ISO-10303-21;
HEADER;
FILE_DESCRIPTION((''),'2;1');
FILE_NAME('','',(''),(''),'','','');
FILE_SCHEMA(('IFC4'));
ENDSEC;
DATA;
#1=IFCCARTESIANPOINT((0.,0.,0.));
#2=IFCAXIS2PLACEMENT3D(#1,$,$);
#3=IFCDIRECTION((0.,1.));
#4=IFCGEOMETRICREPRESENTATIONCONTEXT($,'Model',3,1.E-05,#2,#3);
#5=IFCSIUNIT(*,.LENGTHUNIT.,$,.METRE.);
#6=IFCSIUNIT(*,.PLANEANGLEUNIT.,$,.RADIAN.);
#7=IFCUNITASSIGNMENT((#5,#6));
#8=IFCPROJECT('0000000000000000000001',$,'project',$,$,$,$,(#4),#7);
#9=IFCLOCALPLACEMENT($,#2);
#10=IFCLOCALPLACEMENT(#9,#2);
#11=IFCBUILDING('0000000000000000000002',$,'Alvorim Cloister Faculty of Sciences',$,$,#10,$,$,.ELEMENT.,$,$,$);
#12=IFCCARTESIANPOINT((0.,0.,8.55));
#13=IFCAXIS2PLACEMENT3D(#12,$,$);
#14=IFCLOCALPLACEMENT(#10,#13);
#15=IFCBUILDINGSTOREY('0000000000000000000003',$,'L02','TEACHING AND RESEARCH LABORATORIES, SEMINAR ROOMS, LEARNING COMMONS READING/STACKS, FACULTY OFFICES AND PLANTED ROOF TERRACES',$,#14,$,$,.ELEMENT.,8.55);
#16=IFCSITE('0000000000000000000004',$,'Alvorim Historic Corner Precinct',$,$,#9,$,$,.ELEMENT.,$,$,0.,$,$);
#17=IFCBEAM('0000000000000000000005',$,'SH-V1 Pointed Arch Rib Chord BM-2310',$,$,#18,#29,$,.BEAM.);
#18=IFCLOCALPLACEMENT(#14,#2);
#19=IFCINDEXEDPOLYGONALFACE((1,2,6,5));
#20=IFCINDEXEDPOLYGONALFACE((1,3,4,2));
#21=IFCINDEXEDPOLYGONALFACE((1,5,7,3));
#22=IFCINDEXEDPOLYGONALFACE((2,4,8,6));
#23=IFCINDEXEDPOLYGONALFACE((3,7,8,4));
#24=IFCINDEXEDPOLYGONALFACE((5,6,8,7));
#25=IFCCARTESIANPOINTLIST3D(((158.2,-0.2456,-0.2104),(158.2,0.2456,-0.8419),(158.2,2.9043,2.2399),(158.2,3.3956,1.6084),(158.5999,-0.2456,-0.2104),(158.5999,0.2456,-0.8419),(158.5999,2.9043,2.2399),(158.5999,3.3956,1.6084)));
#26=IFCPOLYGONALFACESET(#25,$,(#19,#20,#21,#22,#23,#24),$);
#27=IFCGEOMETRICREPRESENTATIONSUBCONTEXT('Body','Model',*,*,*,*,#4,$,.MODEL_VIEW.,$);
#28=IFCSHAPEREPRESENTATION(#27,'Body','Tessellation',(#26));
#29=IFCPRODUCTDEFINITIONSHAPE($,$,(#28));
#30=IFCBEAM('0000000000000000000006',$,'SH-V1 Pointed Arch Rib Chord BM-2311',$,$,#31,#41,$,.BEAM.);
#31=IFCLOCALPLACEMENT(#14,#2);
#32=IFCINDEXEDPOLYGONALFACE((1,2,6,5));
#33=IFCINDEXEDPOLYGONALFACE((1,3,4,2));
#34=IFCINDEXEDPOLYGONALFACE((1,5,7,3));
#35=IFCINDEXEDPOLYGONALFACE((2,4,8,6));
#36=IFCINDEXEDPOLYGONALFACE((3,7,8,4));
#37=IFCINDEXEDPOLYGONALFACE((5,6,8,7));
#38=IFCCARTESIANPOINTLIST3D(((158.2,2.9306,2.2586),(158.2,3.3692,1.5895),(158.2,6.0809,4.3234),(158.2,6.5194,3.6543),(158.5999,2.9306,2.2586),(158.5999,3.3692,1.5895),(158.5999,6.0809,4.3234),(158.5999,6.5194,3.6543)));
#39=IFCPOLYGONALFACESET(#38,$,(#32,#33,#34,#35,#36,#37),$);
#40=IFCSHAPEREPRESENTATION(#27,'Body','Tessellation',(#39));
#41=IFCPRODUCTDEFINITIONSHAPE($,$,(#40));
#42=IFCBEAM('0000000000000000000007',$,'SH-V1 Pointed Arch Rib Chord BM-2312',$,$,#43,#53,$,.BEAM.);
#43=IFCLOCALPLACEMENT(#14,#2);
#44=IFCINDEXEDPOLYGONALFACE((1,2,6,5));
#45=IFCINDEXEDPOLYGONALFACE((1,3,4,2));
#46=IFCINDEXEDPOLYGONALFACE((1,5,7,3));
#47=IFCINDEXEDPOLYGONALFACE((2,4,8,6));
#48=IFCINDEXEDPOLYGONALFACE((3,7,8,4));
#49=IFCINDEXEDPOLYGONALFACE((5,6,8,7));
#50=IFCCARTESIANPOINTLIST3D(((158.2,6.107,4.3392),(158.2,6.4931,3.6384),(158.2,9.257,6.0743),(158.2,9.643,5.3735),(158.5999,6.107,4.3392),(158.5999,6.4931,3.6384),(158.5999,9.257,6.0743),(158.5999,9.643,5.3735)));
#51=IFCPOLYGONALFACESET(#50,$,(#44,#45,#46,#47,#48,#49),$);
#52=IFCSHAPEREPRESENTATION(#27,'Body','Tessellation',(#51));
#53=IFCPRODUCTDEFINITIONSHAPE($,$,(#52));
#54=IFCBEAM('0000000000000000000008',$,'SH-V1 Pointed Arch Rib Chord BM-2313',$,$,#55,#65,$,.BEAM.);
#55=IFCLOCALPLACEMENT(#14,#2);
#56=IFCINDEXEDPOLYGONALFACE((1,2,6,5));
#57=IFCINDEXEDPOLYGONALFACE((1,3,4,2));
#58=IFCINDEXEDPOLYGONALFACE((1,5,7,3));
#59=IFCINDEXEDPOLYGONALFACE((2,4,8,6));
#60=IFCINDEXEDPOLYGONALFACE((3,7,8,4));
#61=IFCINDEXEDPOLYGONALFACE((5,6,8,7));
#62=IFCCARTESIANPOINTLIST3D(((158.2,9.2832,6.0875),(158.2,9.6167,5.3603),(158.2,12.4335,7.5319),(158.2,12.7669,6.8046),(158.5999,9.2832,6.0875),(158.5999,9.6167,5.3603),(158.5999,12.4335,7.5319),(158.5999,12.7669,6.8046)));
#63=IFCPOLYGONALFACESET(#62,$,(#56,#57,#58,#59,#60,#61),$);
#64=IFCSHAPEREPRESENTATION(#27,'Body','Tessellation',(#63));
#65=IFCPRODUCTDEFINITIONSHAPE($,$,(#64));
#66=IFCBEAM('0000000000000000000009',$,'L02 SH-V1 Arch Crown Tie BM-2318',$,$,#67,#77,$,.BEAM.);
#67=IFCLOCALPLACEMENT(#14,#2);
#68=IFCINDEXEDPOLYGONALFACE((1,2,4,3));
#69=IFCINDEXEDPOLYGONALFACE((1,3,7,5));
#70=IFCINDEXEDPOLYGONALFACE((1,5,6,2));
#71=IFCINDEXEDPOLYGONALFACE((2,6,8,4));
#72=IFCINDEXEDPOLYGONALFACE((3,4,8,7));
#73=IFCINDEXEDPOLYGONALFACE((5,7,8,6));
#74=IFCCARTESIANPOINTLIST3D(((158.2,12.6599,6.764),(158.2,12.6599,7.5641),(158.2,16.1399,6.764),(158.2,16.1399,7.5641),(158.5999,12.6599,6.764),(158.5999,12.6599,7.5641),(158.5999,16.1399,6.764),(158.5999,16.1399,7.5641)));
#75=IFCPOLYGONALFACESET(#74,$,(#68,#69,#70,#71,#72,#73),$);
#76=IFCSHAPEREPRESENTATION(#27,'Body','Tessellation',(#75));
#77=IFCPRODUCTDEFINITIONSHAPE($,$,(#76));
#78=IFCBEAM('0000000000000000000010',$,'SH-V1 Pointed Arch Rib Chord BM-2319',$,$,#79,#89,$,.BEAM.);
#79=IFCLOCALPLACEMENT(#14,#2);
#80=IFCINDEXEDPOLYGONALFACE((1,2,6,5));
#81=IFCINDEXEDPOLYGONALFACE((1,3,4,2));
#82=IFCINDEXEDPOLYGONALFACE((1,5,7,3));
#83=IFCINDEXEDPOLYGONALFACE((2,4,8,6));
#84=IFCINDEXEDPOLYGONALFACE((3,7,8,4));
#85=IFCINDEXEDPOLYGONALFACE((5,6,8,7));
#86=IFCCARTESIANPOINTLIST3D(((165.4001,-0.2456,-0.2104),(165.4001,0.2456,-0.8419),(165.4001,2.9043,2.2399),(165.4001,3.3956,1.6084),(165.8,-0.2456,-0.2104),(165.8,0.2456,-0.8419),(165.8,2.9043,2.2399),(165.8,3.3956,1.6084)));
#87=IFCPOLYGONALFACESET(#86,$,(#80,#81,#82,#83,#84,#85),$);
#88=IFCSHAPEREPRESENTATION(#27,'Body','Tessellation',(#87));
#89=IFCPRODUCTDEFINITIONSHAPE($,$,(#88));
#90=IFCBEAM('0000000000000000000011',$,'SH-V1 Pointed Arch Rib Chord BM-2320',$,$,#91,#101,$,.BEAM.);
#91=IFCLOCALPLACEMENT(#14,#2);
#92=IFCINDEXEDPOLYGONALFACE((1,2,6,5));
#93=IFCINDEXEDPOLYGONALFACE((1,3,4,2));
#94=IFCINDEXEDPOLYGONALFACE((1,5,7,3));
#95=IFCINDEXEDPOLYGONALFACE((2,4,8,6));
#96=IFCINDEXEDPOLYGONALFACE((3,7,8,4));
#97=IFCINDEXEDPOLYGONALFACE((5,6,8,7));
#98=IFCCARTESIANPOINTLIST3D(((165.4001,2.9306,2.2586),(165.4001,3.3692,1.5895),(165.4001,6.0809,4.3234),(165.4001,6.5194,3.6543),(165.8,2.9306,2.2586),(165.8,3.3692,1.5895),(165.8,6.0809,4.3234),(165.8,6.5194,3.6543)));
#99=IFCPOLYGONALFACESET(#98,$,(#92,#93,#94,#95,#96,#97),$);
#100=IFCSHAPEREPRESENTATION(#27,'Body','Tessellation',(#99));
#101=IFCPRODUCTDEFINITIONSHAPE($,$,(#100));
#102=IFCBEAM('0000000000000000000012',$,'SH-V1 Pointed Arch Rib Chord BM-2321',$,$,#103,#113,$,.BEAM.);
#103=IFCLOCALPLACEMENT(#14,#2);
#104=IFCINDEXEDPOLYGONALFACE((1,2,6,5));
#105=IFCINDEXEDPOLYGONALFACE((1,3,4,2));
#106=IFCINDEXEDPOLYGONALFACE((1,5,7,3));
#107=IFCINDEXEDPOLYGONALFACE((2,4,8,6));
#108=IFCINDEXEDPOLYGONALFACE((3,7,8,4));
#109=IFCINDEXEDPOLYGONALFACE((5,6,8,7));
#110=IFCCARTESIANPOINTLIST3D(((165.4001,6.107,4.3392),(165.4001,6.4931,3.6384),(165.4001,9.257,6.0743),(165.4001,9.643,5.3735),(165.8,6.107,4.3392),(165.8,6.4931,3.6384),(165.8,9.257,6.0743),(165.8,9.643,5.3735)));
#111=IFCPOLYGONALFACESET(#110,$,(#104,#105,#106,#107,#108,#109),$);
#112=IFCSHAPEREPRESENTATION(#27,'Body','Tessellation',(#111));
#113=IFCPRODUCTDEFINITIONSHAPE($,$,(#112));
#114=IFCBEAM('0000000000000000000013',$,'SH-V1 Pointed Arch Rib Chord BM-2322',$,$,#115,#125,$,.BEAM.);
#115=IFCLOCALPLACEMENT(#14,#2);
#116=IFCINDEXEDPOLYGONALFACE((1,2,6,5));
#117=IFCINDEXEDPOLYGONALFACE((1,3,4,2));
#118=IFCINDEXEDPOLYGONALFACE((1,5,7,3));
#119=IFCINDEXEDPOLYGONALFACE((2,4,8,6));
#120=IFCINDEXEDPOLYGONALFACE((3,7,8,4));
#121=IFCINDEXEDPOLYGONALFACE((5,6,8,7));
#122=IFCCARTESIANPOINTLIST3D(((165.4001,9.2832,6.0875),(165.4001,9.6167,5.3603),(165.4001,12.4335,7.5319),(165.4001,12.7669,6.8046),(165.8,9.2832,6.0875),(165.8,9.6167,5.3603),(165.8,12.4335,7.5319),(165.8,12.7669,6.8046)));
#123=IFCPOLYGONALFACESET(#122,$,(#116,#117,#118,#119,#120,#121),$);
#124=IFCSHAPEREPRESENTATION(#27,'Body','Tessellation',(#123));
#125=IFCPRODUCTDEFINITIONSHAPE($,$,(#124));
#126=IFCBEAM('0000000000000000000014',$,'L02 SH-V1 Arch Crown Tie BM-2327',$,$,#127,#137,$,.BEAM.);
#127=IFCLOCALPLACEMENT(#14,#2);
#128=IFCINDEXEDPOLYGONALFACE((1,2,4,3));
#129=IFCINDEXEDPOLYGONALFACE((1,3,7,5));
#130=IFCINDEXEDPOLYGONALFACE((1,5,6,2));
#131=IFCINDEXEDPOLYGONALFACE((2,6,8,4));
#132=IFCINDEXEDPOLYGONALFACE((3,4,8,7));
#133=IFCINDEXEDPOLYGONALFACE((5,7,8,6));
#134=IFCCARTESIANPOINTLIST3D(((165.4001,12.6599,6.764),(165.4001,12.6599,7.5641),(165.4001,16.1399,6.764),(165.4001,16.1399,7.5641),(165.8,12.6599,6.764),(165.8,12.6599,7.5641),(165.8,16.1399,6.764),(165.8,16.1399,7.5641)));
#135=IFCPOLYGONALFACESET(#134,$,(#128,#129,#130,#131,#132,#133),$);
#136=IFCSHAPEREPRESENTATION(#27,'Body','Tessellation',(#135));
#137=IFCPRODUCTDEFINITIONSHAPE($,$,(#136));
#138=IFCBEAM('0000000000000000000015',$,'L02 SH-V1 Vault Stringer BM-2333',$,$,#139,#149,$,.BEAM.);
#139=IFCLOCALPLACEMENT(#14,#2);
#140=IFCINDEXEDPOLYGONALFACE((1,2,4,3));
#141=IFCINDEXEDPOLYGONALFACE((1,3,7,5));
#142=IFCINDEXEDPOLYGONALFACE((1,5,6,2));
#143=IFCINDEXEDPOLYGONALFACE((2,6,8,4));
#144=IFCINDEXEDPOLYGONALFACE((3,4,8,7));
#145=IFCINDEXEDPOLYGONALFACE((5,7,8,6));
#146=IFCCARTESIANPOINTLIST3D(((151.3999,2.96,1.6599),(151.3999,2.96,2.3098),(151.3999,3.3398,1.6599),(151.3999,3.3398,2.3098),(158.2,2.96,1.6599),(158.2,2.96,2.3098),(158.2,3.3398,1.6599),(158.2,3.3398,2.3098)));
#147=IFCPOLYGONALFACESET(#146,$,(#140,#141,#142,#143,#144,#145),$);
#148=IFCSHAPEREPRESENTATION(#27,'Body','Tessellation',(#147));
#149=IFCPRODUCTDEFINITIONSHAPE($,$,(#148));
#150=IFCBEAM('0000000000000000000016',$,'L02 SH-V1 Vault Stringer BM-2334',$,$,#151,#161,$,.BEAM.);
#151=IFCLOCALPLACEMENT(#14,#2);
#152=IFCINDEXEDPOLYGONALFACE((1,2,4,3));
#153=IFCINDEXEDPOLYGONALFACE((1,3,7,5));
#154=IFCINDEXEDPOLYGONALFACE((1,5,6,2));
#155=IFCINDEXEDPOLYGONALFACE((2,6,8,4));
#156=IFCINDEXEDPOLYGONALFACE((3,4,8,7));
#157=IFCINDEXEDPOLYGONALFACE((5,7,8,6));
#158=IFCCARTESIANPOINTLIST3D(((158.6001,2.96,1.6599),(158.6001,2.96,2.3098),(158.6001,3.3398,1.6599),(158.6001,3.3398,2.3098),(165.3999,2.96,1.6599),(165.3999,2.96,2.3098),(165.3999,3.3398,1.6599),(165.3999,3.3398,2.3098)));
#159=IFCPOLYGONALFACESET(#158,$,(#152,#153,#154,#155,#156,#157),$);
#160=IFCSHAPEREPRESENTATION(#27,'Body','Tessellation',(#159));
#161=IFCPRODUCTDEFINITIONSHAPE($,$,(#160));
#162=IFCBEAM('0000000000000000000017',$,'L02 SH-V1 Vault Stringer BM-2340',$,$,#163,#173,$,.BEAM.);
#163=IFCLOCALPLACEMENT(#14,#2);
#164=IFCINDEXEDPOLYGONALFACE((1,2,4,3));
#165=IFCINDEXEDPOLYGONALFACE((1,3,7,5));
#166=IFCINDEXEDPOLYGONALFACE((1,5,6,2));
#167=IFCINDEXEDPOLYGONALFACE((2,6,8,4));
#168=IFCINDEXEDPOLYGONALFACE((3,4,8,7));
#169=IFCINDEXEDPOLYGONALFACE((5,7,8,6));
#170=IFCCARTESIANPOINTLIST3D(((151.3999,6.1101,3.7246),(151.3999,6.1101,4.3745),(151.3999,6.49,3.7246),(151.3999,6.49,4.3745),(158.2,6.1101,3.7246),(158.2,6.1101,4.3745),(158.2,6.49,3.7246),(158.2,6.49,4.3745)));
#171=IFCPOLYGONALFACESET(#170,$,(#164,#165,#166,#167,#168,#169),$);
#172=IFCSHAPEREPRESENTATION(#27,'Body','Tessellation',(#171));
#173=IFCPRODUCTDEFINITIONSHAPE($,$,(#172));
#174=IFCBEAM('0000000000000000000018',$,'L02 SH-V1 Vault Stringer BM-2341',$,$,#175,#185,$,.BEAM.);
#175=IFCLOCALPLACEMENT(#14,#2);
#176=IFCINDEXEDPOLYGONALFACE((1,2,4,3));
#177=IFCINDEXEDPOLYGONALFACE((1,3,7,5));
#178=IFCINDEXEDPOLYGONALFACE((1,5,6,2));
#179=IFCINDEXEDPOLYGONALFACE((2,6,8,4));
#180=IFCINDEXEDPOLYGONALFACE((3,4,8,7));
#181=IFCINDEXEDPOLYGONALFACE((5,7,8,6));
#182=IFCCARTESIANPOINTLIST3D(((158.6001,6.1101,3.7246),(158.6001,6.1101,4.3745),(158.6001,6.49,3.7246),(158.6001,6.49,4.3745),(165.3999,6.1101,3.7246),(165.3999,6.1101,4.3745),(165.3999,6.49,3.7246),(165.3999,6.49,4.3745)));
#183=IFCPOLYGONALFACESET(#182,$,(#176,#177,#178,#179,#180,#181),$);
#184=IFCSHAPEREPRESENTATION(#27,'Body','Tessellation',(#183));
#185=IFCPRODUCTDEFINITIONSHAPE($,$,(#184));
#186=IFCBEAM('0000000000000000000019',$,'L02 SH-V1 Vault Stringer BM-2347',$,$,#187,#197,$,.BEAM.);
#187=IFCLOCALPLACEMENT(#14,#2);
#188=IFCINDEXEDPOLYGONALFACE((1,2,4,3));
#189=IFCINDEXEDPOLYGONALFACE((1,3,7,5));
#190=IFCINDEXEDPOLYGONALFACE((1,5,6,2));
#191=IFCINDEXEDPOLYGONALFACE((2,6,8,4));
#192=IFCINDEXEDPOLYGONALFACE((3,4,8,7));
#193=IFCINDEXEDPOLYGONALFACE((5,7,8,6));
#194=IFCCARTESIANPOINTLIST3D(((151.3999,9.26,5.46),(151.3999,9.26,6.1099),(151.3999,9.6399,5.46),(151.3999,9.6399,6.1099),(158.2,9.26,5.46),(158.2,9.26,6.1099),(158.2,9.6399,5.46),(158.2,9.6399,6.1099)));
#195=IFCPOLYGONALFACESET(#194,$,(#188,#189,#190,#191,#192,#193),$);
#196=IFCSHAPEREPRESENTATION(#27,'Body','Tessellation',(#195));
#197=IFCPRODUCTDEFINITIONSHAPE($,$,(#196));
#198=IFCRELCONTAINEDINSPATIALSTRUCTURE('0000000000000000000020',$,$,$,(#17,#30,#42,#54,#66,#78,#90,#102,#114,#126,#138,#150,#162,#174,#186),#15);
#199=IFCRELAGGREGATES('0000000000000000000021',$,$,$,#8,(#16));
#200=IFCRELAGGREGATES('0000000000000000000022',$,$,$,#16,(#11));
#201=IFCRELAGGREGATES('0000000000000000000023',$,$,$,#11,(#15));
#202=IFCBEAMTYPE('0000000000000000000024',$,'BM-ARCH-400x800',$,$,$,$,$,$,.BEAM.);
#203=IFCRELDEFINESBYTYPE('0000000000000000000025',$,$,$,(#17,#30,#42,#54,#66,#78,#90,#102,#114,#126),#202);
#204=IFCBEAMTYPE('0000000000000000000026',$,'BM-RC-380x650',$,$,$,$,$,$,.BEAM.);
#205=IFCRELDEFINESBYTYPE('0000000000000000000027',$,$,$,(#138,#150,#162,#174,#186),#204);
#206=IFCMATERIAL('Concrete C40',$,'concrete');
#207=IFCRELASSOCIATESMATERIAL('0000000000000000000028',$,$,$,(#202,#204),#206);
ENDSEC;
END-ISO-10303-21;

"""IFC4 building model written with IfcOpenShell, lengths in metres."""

from ifc_helpers import new_model, si_unit, direction, frame, origin, origin_2d, place, context, subcontext, project, spatial, rectangle, extrude, material, material_profile, profile_set, type_object, element, save


model = new_model("IFC4")

# Units and contexts
model_context = context("Model", 3, precision=1e-05, world=origin(), true_north=direction((0.0, 1.0)))
body_context = subcontext(model_context, "Body", "Model", "MODEL_VIEW")
ifc_project = project(units=[si_unit("LENGTHUNIT", "METRE"), si_unit("PLANEANGLEUNIT", "RADIAN")], contexts=[model_context])

# Site, building, storey
site_placement = place(None, origin())
site = spatial("IfcSite", under=ifc_project, at=site_placement, Name="Alvorim Historic Corner Precinct", CompositionType="ELEMENT", RefElevation=0.0)
building_placement = place(site_placement, origin())
building = spatial("IfcBuilding", under=site, at=building_placement, Name="Alvorim Cloister Faculty of Sciences", CompositionType="ELEMENT")
storey_placement = place(building_placement, frame((0.0, 0.0, 8.55)))
storey = spatial("IfcBuildingStorey", under=building, at=storey_placement, Name="L02", Description="TEACHING AND RESEARCH LABORATORIES, SEMINAR ROOMS, LEARNING COMMONS READING/STACKS, FACULTY OFFICES AND PLANTED ROOF TERRACES", CompositionType="ELEMENT", Elevation=8.55)

# Beams
ifc_material_1 = material(Name="Concrete C40", Category="concrete")
ifc_material_profile_1 = material_profile(ifc_material_1, rectangle(XDim=0.3999, YDim=0.8, at=origin_2d()), Name="RC40-ARCH-400x800")
ifc_profile_set_1 = profile_set([ifc_material_profile_1], Name="Concrete C40")
beam_type_1 = type_object("IfcBeamType", Name="BM-ARCH-400x800", PredefinedType="BEAM", material=ifc_profile_set_1)
beam_1_placement = place(storey_placement, frame((158.3999, 0.0, -0.5261), z_axis=(0.0, 0.789319, 0.613983), x_axis=(-1.0, 0.0, 0.0)))
element("IfcBeam", 1, at=beam_1_placement, inside=storey, type_object=beam_type_1, Name="SH-V1 Pointed Arch Rib Chord BM-2310", PredefinedType="BEAM", context=body_context, shape_type="SweptSolid", body=[
    extrude(rectangle(XDim=0.3999, YDim=0.8, at=origin_2d()), origin(), (0.0, 0.0, 1.0), 3.9907),
])
beam_2_placement = place(storey_placement, frame((158.3999, 3.1499, 1.9241), z_axis=(0.0, 0.836363, 0.548176), x_axis=(-1.0, 0.0, 0.0)))
element("IfcBeam", 2, at=beam_2_placement, inside=storey, type_object=beam_type_1, Name="SH-V1 Pointed Arch Rib Chord BM-2311", PredefinedType="BEAM", context=body_context, shape_type="SweptSolid", body=[
    extrude(rectangle(XDim=0.3999, YDim=0.8, at=origin_2d()), origin(), (0.0, 0.0, 1.0), 3.7666),
])
beam_3_placement = place(storey_placement, frame((158.3999, 6.3, 3.9888), z_axis=(0.0, 0.875903, 0.482487), x_axis=(-1.0, 0.0, 0.0)))
element("IfcBeam", 3, at=beam_3_placement, inside=storey, type_object=beam_type_1, Name="SH-V1 Pointed Arch Rib Chord BM-2312", PredefinedType="BEAM", context=body_context, shape_type="SweptSolid", body=[
    extrude(rectangle(XDim=0.3999, YDim=0.8, at=origin_2d()), origin(), (0.0, 0.0, 1.0), 3.5962),
])
beam_4_placement = place(storey_placement, frame((158.3999, 9.45, 5.7239), z_axis=(0.0, 0.909008, 0.416778), x_axis=(-1.0, 0.0, 0.0)))
element("IfcBeam", 4, at=beam_4_placement, inside=storey, type_object=beam_type_1, Name="SH-V1 Pointed Arch Rib Chord BM-2313", PredefinedType="BEAM", context=body_context, shape_type="SweptSolid", body=[
    extrude(rectangle(XDim=0.3999, YDim=0.8, at=origin_2d()), origin(), (0.0, 0.0, 1.0), 3.4656),
])
beam_5_placement = place(storey_placement, frame((158.3999, 12.6599, 7.1641), z_axis=(0.0, 1.0, 0.0), x_axis=(-1.0, 0.0, 0.0)))
element("IfcBeam", 5, at=beam_5_placement, inside=storey, type_object=beam_type_1, Name="L02 SH-V1 Arch Crown Tie BM-2318", PredefinedType="BEAM", context=body_context, shape_type="SweptSolid", body=[
    extrude(rectangle(XDim=0.3999, YDim=0.8, at=origin_2d()), origin(), (0.0, 0.0, 1.0), 3.48),
])
beam_6_placement = place(storey_placement, frame((165.6001, 0.0, -0.5261), z_axis=(0.0, 0.789319, 0.613983), x_axis=(-1.0, 0.0, 0.0)))
element("IfcBeam", 6, at=beam_6_placement, inside=storey, type_object=beam_type_1, Name="SH-V1 Pointed Arch Rib Chord BM-2319", PredefinedType="BEAM", context=body_context, shape_type="SweptSolid", body=[
    extrude(rectangle(XDim=0.3999, YDim=0.8, at=origin_2d()), origin(), (0.0, 0.0, 1.0), 3.9907),
])
beam_7_placement = place(storey_placement, frame((165.6001, 3.1499, 1.9241), z_axis=(0.0, 0.836363, 0.548176), x_axis=(-1.0, 0.0, 0.0)))
element("IfcBeam", 7, at=beam_7_placement, inside=storey, type_object=beam_type_1, Name="SH-V1 Pointed Arch Rib Chord BM-2320", PredefinedType="BEAM", context=body_context, shape_type="SweptSolid", body=[
    extrude(rectangle(XDim=0.3999, YDim=0.8, at=origin_2d()), origin(), (0.0, 0.0, 1.0), 3.7666),
])
beam_8_placement = place(storey_placement, frame((165.6001, 6.3, 3.9888), z_axis=(0.0, 0.875903, 0.482487), x_axis=(-1.0, 0.0, 0.0)))
element("IfcBeam", 8, at=beam_8_placement, inside=storey, type_object=beam_type_1, Name="SH-V1 Pointed Arch Rib Chord BM-2321", PredefinedType="BEAM", context=body_context, shape_type="SweptSolid", body=[
    extrude(rectangle(XDim=0.3999, YDim=0.8, at=origin_2d()), origin(), (0.0, 0.0, 1.0), 3.5962),
])
beam_9_placement = place(storey_placement, frame((165.6001, 9.45, 5.7239), z_axis=(0.0, 0.909008, 0.416778), x_axis=(-1.0, 0.0, 0.0)))
element("IfcBeam", 9, at=beam_9_placement, inside=storey, type_object=beam_type_1, Name="SH-V1 Pointed Arch Rib Chord BM-2322", PredefinedType="BEAM", context=body_context, shape_type="SweptSolid", body=[
    extrude(rectangle(XDim=0.3999, YDim=0.8, at=origin_2d()), origin(), (0.0, 0.0, 1.0), 3.4656),
])
beam_10_placement = place(storey_placement, frame((165.6001, 12.6599, 7.1641), z_axis=(0.0, 1.0, 0.0), x_axis=(-1.0, 0.0, 0.0)))
element("IfcBeam", 10, at=beam_10_placement, inside=storey, type_object=beam_type_1, Name="L02 SH-V1 Arch Crown Tie BM-2327", PredefinedType="BEAM", context=body_context, shape_type="SweptSolid", body=[
    extrude(rectangle(XDim=0.3999, YDim=0.8, at=origin_2d()), origin(), (0.0, 0.0, 1.0), 3.48),
])
ifc_material_profile_2 = material_profile(ifc_material_1, rectangle(XDim=0.3799, YDim=0.6499, at=origin_2d()), Name="RC40-BM-380x650")
ifc_profile_set_2 = profile_set([ifc_material_profile_2], Name="Concrete C40")
beam_type_2 = type_object("IfcBeamType", Name="BM-RC-380x650", PredefinedType="BEAM", material=ifc_profile_set_2)
beam_11_placement = place(storey_placement, frame((151.3999, 3.1499, 1.9849), z_axis=(1.0, 0.0, 0.0), x_axis=(0.0, 1.0, 0.0)))
element("IfcBeam", 11, at=beam_11_placement, inside=storey, type_object=beam_type_2, Name="L02 SH-V1 Vault Stringer BM-2333", PredefinedType="BEAM", context=body_context, shape_type="SweptSolid", body=[
    extrude(rectangle(XDim=0.3799, YDim=0.6499, at=origin_2d()), origin(), (0.0, 0.0, 1.0), 6.8),
])
beam_12_placement = place(storey_placement, frame((158.6001, 3.1499, 1.9849), z_axis=(1.0, 0.0, 0.0), x_axis=(0.0, 1.0, 0.0)))
element("IfcBeam", 12, at=beam_12_placement, inside=storey, type_object=beam_type_2, Name="L02 SH-V1 Vault Stringer BM-2334", PredefinedType="BEAM", context=body_context, shape_type="SweptSolid", body=[
    extrude(rectangle(XDim=0.3799, YDim=0.6499, at=origin_2d()), origin(), (0.0, 0.0, 1.0), 6.7998),
])
beam_13_placement = place(storey_placement, frame((151.3999, 6.3, 4.0496), z_axis=(1.0, 0.0, 0.0), x_axis=(0.0, 1.0, 0.0)))
element("IfcBeam", 13, at=beam_13_placement, inside=storey, type_object=beam_type_2, Name="L02 SH-V1 Vault Stringer BM-2340", PredefinedType="BEAM", context=body_context, shape_type="SweptSolid", body=[
    extrude(rectangle(XDim=0.3799, YDim=0.6499, at=origin_2d()), origin(), (0.0, 0.0, 1.0), 6.8),
])
beam_14_placement = place(storey_placement, frame((158.6001, 6.3, 4.0496), z_axis=(1.0, 0.0, 0.0), x_axis=(0.0, 1.0, 0.0)))
element("IfcBeam", 14, at=beam_14_placement, inside=storey, type_object=beam_type_2, Name="L02 SH-V1 Vault Stringer BM-2341", PredefinedType="BEAM", context=body_context, shape_type="SweptSolid", body=[
    extrude(rectangle(XDim=0.3799, YDim=0.6499, at=origin_2d()), origin(), (0.0, 0.0, 1.0), 6.7998),
])
beam_15_placement = place(storey_placement, frame((151.3999, 9.45, 5.7849), z_axis=(1.0, 0.0, 0.0), x_axis=(0.0, 1.0, 0.0)))
element("IfcBeam", 15, at=beam_15_placement, inside=storey, type_object=beam_type_2, Name="L02 SH-V1 Vault Stringer BM-2347", PredefinedType="BEAM", context=body_context, shape_type="SweptSolid", body=[
    extrude(rectangle(XDim=0.3799, YDim=0.6499, at=origin_2d()), origin(), (0.0, 0.0, 1.0), 6.8),
])

save(model, "model.ifc")
